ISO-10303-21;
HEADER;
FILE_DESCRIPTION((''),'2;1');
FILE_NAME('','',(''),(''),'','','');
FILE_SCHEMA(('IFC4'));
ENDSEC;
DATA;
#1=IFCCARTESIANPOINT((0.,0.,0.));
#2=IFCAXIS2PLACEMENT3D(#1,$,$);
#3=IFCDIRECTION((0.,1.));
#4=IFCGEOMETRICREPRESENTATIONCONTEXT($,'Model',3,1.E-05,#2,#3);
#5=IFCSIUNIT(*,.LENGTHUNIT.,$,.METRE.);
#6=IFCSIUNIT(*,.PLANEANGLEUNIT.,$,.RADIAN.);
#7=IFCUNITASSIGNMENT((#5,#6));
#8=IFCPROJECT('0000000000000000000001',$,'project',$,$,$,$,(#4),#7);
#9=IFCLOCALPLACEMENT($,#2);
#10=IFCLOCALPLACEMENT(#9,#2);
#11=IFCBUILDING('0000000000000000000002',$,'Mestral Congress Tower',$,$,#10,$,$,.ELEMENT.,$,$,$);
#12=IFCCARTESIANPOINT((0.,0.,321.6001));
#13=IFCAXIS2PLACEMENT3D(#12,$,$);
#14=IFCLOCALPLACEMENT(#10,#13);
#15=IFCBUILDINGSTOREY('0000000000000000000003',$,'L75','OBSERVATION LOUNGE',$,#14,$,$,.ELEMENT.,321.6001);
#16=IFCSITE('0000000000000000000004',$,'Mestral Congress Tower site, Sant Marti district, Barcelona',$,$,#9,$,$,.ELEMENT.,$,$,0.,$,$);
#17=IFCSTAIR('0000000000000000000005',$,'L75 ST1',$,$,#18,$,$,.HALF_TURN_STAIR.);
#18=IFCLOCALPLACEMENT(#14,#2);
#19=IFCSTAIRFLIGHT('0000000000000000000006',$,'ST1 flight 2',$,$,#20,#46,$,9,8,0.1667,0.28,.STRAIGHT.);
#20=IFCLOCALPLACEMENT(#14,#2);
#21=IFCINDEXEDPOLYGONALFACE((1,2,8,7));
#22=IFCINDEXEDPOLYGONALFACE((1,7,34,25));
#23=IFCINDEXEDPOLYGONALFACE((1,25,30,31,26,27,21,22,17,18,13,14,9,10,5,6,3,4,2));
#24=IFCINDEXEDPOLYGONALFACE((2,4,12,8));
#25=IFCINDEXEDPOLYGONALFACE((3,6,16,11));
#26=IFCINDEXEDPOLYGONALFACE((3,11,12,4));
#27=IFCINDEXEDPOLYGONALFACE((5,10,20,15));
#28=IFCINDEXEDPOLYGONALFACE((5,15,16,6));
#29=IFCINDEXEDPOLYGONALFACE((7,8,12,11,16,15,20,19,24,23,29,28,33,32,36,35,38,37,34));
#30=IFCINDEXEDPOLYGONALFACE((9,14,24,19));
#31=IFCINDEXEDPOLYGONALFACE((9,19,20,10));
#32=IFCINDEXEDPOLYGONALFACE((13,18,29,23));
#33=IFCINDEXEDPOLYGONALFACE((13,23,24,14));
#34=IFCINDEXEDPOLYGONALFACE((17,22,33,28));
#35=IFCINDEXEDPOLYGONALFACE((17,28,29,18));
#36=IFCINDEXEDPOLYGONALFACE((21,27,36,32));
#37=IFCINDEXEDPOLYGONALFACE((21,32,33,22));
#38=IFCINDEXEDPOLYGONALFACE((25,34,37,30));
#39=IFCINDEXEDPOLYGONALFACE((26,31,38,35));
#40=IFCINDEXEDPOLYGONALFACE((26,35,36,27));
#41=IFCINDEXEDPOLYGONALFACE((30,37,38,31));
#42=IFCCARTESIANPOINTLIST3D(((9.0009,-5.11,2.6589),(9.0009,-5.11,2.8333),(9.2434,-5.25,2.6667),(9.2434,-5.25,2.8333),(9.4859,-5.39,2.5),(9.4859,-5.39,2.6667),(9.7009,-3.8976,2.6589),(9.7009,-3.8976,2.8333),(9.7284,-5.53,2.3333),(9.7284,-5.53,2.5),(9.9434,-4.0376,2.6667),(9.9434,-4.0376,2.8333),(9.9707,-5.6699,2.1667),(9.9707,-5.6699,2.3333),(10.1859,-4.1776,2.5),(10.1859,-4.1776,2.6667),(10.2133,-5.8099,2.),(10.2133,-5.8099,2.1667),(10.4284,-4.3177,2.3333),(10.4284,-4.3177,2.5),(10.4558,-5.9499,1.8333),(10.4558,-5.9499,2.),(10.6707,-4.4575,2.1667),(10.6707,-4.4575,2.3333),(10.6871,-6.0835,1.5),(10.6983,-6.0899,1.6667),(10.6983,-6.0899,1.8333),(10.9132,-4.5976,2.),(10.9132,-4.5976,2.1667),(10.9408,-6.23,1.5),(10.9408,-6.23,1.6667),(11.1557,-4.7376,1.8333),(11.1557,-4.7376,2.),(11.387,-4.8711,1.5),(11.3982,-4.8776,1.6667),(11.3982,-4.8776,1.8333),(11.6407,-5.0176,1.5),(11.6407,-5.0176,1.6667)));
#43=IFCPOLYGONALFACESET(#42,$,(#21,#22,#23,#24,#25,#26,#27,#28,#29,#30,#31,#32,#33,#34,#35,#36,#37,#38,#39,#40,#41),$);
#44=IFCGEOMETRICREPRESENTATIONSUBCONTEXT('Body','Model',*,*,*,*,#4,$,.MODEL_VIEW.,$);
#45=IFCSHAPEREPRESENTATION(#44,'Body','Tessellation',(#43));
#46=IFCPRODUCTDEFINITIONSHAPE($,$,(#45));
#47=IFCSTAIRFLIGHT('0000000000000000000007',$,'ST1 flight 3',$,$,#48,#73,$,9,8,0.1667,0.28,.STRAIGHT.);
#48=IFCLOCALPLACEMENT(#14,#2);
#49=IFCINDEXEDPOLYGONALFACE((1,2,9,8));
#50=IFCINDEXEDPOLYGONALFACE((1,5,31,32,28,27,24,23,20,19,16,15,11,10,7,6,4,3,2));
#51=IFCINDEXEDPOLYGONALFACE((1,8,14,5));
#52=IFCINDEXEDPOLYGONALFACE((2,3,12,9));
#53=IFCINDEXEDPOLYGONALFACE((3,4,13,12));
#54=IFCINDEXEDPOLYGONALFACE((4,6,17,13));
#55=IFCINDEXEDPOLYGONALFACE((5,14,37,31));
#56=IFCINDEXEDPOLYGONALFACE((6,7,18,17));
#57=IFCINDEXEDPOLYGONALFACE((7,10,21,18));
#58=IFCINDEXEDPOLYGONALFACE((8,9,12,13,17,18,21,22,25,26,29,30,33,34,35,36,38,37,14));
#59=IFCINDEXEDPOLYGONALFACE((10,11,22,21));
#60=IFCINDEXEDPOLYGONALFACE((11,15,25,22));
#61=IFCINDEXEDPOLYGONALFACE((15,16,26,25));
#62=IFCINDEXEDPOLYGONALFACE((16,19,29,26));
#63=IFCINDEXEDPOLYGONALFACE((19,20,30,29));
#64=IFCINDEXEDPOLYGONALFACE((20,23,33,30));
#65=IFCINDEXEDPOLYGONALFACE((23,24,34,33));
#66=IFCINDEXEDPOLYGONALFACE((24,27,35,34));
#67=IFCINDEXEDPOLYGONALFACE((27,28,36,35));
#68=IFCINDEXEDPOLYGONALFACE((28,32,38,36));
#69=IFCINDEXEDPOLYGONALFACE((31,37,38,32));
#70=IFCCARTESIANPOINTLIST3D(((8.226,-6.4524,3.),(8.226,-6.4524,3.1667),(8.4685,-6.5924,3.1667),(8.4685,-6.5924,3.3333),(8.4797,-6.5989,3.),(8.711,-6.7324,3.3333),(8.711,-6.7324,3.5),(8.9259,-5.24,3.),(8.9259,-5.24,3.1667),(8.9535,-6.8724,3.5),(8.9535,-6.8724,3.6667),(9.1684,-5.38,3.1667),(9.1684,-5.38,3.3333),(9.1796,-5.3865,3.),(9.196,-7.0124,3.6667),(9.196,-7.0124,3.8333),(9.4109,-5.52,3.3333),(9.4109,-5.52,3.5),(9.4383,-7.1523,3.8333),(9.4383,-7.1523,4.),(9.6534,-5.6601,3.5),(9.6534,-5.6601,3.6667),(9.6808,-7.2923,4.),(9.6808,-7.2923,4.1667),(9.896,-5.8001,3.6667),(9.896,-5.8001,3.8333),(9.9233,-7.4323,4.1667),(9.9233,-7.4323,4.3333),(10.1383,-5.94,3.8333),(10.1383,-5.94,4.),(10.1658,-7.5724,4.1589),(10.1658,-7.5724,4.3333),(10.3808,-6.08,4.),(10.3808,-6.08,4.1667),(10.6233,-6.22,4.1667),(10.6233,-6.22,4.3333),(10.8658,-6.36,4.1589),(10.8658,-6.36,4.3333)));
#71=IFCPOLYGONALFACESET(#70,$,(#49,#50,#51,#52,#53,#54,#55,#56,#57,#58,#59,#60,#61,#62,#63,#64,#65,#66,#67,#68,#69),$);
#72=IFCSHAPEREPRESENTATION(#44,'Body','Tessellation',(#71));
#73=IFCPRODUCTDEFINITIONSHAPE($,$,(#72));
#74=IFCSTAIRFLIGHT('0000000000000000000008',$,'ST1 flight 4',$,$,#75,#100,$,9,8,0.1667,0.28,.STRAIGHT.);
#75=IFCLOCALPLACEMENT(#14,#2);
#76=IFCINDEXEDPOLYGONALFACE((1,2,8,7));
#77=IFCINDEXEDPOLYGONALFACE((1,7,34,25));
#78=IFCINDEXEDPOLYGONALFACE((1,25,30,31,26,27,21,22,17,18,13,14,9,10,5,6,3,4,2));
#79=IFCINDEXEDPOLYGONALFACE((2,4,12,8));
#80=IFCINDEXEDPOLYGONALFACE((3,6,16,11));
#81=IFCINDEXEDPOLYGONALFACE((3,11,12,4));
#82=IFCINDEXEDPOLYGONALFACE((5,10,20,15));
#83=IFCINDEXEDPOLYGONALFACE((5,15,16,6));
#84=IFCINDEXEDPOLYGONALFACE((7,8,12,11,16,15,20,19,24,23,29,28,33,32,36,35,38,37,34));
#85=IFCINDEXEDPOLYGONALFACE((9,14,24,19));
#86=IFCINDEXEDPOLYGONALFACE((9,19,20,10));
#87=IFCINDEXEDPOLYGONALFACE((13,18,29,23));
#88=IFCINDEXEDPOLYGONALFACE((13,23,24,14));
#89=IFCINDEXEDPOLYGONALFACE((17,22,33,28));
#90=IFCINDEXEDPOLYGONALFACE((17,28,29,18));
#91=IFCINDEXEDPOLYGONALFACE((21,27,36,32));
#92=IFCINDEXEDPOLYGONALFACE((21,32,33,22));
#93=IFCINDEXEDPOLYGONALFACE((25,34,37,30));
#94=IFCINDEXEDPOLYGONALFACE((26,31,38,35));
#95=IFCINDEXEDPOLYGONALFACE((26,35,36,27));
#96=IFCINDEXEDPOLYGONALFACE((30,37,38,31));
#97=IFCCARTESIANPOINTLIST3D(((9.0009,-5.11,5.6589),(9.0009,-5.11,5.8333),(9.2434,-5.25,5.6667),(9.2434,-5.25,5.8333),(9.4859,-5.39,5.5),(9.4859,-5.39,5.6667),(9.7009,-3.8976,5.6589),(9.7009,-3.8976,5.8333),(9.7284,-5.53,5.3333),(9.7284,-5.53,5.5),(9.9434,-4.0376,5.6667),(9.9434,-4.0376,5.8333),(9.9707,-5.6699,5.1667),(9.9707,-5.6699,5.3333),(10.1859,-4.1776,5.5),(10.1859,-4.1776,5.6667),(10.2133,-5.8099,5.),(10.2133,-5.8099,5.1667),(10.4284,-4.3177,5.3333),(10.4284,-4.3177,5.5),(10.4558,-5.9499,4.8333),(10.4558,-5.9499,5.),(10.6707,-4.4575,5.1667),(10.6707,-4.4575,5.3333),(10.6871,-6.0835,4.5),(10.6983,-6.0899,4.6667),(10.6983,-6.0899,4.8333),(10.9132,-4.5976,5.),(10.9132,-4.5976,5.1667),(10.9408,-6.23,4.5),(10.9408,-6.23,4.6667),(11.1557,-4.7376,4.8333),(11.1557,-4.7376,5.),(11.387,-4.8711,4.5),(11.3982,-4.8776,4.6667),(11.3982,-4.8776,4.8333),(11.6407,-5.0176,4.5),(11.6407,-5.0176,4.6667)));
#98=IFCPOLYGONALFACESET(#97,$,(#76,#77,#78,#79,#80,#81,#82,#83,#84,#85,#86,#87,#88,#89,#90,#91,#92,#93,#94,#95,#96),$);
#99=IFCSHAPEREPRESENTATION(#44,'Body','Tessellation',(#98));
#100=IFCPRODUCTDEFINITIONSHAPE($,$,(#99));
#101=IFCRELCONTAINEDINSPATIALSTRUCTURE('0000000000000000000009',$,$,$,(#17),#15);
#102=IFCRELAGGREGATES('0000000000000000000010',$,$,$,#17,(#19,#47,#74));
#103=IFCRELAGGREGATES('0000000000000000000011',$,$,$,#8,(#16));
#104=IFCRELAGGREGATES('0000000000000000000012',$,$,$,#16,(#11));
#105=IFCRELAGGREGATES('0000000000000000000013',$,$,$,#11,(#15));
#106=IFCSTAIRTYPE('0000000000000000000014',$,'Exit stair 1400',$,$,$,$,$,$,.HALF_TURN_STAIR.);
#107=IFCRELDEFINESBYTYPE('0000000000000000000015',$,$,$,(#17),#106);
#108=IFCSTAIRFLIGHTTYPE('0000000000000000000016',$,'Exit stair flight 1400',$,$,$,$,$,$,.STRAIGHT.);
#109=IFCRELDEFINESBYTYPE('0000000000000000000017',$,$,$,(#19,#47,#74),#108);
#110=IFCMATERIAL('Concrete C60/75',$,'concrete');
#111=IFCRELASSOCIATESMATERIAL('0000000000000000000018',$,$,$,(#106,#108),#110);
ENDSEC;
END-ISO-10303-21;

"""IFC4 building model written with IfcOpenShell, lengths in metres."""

from ifc_helpers import new_model, si_unit, direction, frame, origin, place, context, subcontext, project, spatial, polyline, outline, extrude, material, type_object, element, aggregate, save


model = new_model("IFC4")

# Units and contexts
model_context = context("Model", 3, precision=1e-05, world=origin(), true_north=direction((0.0, 1.0)))
body_context = subcontext(model_context, "Body", "Model", "MODEL_VIEW")
ifc_project = project(units=[si_unit("LENGTHUNIT", "METRE"), si_unit("PLANEANGLEUNIT", "RADIAN")], contexts=[model_context])

# Site, building, storey
site_placement = place(None, origin())
site = spatial("IfcSite", under=ifc_project, at=site_placement, Name="Mestral Congress Tower site, Sant Marti district, Barcelona", CompositionType="ELEMENT", RefElevation=0.0)
building_placement = place(site_placement, origin())
building = spatial("IfcBuilding", under=site, at=building_placement, Name="Mestral Congress Tower", CompositionType="ELEMENT")
storey_placement = place(building_placement, frame((0.0, 0.0, 321.6001)))
storey = spatial("IfcBuildingStorey", under=building, at=storey_placement, Name="L75", Description="OBSERVATION LOUNGE", CompositionType="ELEMENT", Elevation=321.6001)

# Shared definitions
ifc_material_1 = material(Name="Concrete C60/75", Category="concrete")

# Stair, stair flights
stair_type = type_object("IfcStairType", Name="Exit stair 1400", PredefinedType="HALF_TURN_STAIR", material=ifc_material_1)
stair_placement = place(storey_placement, origin())
stair = element("IfcStair", 1, at=stair_placement, inside=storey, type_object=stair_type, Name="L75 ST1", PredefinedType="HALF_TURN_STAIR")
stair_flight_type = type_object("IfcStairFlightType", Name="Exit stair flight 1400", PredefinedType="STRAIGHT", material=ifc_material_1)
stair_flight_1_placement = place(storey_placement, frame((11.2908, -5.6238, 1.5), z_axis=(0.0, 0.0, 1.0), x_axis=(-0.866025, 0.5, 0.0)))
stair_flight_1 = element("IfcStairFlight", 2, at=stair_flight_1_placement, type_object=stair_flight_type, Name="ST1 flight 2", NumberOfRisers=9, NumberOfTreads=8, PredefinedType="STRAIGHT", RiserHeight=0.1667, TreadLength=0.28, context=body_context, shape_type="SweptSolid", body=[
    extrude(outline(polyline([(0.0, 0.0), (0.0, 0.1667), (0.28, 0.1667), (0.28, 0.3333), (0.5601, 0.3333), (0.5601, 0.5), (0.8401, 0.5), (0.8401, 0.6667), (1.1201, 0.6667), (1.1201, 0.8333), (1.3999, 0.8333), (1.3999, 1.0), (1.6799, 1.0), (1.6799, 1.1667), (1.96, 1.1667), (1.96, 1.3333), (2.24, 1.3333), (2.24, 1.5), (2.24, 1.1589), (0.293, 0.0), (0.0, 0.0)])), frame((0.0, 0.7, 0.0), z_axis=(0.0, -1.0, 0.0), x_axis=(1.0, 0.0, 0.0)), (0.0, 0.0, 1.0), 1.3999),
])
stair_flight_2_placement = place(storey_placement, frame((8.5759, -5.8462, 3.0), z_axis=(0.0, 0.0, 1.0), x_axis=(0.866025, -0.5, 0.0)))
stair_flight_2 = element("IfcStairFlight", 3, at=stair_flight_2_placement, type_object=stair_flight_type, Name="ST1 flight 3", NumberOfRisers=9, NumberOfTreads=8, PredefinedType="STRAIGHT", RiserHeight=0.1667, TreadLength=0.28, context=body_context, shape_type="SweptSolid", body=[
    extrude(outline(polyline([(0.0, 0.0), (0.0, 0.1667), (0.28, 0.1667), (0.28, 0.3333), (0.5601, 0.3333), (0.5601, 0.5), (0.8401, 0.5), (0.8401, 0.6667), (1.1201, 0.6667), (1.1201, 0.8333), (1.3999, 0.8333), (1.3999, 1.0), (1.6799, 1.0), (1.6799, 1.1667), (1.96, 1.1667), (1.96, 1.3333), (2.24, 1.3333), (2.24, 1.5), (2.24, 1.1589), (0.293, 0.0), (0.0, 0.0)])), frame((0.0, 0.7, 0.0), z_axis=(0.0, -1.0, 0.0), x_axis=(1.0, 0.0, 0.0)), (0.0, 0.0, 1.0), 1.3999),
])
stair_flight_3_placement = place(storey_placement, frame((11.2908, -5.6238, 4.5), z_axis=(0.0, 0.0, 1.0), x_axis=(-0.866025, 0.5, 0.0)))
stair_flight_3 = element("IfcStairFlight", 4, at=stair_flight_3_placement, type_object=stair_flight_type, Name="ST1 flight 4", NumberOfRisers=9, NumberOfTreads=8, PredefinedType="STRAIGHT", RiserHeight=0.1667, TreadLength=0.28, context=body_context, shape_type="SweptSolid", body=[
    extrude(outline(polyline([(0.0, 0.0), (0.0, 0.1667), (0.28, 0.1667), (0.28, 0.3333), (0.5601, 0.3333), (0.5601, 0.5), (0.8401, 0.5), (0.8401, 0.6667), (1.1201, 0.6667), (1.1201, 0.8333), (1.3999, 0.8333), (1.3999, 1.0), (1.6799, 1.0), (1.6799, 1.1667), (1.96, 1.1667), (1.96, 1.3333), (2.24, 1.3333), (2.24, 1.5), (2.24, 1.1589), (0.293, 0.0), (0.0, 0.0)])), frame((0.0, 0.7, 0.0), z_axis=(0.0, -1.0, 0.0), x_axis=(1.0, 0.0, 0.0)), (0.0, 0.0, 1.0), 1.3999),
])
aggregate(stair, [stair_flight_1, stair_flight_2, stair_flight_3])

save(model, "model.ifc")
